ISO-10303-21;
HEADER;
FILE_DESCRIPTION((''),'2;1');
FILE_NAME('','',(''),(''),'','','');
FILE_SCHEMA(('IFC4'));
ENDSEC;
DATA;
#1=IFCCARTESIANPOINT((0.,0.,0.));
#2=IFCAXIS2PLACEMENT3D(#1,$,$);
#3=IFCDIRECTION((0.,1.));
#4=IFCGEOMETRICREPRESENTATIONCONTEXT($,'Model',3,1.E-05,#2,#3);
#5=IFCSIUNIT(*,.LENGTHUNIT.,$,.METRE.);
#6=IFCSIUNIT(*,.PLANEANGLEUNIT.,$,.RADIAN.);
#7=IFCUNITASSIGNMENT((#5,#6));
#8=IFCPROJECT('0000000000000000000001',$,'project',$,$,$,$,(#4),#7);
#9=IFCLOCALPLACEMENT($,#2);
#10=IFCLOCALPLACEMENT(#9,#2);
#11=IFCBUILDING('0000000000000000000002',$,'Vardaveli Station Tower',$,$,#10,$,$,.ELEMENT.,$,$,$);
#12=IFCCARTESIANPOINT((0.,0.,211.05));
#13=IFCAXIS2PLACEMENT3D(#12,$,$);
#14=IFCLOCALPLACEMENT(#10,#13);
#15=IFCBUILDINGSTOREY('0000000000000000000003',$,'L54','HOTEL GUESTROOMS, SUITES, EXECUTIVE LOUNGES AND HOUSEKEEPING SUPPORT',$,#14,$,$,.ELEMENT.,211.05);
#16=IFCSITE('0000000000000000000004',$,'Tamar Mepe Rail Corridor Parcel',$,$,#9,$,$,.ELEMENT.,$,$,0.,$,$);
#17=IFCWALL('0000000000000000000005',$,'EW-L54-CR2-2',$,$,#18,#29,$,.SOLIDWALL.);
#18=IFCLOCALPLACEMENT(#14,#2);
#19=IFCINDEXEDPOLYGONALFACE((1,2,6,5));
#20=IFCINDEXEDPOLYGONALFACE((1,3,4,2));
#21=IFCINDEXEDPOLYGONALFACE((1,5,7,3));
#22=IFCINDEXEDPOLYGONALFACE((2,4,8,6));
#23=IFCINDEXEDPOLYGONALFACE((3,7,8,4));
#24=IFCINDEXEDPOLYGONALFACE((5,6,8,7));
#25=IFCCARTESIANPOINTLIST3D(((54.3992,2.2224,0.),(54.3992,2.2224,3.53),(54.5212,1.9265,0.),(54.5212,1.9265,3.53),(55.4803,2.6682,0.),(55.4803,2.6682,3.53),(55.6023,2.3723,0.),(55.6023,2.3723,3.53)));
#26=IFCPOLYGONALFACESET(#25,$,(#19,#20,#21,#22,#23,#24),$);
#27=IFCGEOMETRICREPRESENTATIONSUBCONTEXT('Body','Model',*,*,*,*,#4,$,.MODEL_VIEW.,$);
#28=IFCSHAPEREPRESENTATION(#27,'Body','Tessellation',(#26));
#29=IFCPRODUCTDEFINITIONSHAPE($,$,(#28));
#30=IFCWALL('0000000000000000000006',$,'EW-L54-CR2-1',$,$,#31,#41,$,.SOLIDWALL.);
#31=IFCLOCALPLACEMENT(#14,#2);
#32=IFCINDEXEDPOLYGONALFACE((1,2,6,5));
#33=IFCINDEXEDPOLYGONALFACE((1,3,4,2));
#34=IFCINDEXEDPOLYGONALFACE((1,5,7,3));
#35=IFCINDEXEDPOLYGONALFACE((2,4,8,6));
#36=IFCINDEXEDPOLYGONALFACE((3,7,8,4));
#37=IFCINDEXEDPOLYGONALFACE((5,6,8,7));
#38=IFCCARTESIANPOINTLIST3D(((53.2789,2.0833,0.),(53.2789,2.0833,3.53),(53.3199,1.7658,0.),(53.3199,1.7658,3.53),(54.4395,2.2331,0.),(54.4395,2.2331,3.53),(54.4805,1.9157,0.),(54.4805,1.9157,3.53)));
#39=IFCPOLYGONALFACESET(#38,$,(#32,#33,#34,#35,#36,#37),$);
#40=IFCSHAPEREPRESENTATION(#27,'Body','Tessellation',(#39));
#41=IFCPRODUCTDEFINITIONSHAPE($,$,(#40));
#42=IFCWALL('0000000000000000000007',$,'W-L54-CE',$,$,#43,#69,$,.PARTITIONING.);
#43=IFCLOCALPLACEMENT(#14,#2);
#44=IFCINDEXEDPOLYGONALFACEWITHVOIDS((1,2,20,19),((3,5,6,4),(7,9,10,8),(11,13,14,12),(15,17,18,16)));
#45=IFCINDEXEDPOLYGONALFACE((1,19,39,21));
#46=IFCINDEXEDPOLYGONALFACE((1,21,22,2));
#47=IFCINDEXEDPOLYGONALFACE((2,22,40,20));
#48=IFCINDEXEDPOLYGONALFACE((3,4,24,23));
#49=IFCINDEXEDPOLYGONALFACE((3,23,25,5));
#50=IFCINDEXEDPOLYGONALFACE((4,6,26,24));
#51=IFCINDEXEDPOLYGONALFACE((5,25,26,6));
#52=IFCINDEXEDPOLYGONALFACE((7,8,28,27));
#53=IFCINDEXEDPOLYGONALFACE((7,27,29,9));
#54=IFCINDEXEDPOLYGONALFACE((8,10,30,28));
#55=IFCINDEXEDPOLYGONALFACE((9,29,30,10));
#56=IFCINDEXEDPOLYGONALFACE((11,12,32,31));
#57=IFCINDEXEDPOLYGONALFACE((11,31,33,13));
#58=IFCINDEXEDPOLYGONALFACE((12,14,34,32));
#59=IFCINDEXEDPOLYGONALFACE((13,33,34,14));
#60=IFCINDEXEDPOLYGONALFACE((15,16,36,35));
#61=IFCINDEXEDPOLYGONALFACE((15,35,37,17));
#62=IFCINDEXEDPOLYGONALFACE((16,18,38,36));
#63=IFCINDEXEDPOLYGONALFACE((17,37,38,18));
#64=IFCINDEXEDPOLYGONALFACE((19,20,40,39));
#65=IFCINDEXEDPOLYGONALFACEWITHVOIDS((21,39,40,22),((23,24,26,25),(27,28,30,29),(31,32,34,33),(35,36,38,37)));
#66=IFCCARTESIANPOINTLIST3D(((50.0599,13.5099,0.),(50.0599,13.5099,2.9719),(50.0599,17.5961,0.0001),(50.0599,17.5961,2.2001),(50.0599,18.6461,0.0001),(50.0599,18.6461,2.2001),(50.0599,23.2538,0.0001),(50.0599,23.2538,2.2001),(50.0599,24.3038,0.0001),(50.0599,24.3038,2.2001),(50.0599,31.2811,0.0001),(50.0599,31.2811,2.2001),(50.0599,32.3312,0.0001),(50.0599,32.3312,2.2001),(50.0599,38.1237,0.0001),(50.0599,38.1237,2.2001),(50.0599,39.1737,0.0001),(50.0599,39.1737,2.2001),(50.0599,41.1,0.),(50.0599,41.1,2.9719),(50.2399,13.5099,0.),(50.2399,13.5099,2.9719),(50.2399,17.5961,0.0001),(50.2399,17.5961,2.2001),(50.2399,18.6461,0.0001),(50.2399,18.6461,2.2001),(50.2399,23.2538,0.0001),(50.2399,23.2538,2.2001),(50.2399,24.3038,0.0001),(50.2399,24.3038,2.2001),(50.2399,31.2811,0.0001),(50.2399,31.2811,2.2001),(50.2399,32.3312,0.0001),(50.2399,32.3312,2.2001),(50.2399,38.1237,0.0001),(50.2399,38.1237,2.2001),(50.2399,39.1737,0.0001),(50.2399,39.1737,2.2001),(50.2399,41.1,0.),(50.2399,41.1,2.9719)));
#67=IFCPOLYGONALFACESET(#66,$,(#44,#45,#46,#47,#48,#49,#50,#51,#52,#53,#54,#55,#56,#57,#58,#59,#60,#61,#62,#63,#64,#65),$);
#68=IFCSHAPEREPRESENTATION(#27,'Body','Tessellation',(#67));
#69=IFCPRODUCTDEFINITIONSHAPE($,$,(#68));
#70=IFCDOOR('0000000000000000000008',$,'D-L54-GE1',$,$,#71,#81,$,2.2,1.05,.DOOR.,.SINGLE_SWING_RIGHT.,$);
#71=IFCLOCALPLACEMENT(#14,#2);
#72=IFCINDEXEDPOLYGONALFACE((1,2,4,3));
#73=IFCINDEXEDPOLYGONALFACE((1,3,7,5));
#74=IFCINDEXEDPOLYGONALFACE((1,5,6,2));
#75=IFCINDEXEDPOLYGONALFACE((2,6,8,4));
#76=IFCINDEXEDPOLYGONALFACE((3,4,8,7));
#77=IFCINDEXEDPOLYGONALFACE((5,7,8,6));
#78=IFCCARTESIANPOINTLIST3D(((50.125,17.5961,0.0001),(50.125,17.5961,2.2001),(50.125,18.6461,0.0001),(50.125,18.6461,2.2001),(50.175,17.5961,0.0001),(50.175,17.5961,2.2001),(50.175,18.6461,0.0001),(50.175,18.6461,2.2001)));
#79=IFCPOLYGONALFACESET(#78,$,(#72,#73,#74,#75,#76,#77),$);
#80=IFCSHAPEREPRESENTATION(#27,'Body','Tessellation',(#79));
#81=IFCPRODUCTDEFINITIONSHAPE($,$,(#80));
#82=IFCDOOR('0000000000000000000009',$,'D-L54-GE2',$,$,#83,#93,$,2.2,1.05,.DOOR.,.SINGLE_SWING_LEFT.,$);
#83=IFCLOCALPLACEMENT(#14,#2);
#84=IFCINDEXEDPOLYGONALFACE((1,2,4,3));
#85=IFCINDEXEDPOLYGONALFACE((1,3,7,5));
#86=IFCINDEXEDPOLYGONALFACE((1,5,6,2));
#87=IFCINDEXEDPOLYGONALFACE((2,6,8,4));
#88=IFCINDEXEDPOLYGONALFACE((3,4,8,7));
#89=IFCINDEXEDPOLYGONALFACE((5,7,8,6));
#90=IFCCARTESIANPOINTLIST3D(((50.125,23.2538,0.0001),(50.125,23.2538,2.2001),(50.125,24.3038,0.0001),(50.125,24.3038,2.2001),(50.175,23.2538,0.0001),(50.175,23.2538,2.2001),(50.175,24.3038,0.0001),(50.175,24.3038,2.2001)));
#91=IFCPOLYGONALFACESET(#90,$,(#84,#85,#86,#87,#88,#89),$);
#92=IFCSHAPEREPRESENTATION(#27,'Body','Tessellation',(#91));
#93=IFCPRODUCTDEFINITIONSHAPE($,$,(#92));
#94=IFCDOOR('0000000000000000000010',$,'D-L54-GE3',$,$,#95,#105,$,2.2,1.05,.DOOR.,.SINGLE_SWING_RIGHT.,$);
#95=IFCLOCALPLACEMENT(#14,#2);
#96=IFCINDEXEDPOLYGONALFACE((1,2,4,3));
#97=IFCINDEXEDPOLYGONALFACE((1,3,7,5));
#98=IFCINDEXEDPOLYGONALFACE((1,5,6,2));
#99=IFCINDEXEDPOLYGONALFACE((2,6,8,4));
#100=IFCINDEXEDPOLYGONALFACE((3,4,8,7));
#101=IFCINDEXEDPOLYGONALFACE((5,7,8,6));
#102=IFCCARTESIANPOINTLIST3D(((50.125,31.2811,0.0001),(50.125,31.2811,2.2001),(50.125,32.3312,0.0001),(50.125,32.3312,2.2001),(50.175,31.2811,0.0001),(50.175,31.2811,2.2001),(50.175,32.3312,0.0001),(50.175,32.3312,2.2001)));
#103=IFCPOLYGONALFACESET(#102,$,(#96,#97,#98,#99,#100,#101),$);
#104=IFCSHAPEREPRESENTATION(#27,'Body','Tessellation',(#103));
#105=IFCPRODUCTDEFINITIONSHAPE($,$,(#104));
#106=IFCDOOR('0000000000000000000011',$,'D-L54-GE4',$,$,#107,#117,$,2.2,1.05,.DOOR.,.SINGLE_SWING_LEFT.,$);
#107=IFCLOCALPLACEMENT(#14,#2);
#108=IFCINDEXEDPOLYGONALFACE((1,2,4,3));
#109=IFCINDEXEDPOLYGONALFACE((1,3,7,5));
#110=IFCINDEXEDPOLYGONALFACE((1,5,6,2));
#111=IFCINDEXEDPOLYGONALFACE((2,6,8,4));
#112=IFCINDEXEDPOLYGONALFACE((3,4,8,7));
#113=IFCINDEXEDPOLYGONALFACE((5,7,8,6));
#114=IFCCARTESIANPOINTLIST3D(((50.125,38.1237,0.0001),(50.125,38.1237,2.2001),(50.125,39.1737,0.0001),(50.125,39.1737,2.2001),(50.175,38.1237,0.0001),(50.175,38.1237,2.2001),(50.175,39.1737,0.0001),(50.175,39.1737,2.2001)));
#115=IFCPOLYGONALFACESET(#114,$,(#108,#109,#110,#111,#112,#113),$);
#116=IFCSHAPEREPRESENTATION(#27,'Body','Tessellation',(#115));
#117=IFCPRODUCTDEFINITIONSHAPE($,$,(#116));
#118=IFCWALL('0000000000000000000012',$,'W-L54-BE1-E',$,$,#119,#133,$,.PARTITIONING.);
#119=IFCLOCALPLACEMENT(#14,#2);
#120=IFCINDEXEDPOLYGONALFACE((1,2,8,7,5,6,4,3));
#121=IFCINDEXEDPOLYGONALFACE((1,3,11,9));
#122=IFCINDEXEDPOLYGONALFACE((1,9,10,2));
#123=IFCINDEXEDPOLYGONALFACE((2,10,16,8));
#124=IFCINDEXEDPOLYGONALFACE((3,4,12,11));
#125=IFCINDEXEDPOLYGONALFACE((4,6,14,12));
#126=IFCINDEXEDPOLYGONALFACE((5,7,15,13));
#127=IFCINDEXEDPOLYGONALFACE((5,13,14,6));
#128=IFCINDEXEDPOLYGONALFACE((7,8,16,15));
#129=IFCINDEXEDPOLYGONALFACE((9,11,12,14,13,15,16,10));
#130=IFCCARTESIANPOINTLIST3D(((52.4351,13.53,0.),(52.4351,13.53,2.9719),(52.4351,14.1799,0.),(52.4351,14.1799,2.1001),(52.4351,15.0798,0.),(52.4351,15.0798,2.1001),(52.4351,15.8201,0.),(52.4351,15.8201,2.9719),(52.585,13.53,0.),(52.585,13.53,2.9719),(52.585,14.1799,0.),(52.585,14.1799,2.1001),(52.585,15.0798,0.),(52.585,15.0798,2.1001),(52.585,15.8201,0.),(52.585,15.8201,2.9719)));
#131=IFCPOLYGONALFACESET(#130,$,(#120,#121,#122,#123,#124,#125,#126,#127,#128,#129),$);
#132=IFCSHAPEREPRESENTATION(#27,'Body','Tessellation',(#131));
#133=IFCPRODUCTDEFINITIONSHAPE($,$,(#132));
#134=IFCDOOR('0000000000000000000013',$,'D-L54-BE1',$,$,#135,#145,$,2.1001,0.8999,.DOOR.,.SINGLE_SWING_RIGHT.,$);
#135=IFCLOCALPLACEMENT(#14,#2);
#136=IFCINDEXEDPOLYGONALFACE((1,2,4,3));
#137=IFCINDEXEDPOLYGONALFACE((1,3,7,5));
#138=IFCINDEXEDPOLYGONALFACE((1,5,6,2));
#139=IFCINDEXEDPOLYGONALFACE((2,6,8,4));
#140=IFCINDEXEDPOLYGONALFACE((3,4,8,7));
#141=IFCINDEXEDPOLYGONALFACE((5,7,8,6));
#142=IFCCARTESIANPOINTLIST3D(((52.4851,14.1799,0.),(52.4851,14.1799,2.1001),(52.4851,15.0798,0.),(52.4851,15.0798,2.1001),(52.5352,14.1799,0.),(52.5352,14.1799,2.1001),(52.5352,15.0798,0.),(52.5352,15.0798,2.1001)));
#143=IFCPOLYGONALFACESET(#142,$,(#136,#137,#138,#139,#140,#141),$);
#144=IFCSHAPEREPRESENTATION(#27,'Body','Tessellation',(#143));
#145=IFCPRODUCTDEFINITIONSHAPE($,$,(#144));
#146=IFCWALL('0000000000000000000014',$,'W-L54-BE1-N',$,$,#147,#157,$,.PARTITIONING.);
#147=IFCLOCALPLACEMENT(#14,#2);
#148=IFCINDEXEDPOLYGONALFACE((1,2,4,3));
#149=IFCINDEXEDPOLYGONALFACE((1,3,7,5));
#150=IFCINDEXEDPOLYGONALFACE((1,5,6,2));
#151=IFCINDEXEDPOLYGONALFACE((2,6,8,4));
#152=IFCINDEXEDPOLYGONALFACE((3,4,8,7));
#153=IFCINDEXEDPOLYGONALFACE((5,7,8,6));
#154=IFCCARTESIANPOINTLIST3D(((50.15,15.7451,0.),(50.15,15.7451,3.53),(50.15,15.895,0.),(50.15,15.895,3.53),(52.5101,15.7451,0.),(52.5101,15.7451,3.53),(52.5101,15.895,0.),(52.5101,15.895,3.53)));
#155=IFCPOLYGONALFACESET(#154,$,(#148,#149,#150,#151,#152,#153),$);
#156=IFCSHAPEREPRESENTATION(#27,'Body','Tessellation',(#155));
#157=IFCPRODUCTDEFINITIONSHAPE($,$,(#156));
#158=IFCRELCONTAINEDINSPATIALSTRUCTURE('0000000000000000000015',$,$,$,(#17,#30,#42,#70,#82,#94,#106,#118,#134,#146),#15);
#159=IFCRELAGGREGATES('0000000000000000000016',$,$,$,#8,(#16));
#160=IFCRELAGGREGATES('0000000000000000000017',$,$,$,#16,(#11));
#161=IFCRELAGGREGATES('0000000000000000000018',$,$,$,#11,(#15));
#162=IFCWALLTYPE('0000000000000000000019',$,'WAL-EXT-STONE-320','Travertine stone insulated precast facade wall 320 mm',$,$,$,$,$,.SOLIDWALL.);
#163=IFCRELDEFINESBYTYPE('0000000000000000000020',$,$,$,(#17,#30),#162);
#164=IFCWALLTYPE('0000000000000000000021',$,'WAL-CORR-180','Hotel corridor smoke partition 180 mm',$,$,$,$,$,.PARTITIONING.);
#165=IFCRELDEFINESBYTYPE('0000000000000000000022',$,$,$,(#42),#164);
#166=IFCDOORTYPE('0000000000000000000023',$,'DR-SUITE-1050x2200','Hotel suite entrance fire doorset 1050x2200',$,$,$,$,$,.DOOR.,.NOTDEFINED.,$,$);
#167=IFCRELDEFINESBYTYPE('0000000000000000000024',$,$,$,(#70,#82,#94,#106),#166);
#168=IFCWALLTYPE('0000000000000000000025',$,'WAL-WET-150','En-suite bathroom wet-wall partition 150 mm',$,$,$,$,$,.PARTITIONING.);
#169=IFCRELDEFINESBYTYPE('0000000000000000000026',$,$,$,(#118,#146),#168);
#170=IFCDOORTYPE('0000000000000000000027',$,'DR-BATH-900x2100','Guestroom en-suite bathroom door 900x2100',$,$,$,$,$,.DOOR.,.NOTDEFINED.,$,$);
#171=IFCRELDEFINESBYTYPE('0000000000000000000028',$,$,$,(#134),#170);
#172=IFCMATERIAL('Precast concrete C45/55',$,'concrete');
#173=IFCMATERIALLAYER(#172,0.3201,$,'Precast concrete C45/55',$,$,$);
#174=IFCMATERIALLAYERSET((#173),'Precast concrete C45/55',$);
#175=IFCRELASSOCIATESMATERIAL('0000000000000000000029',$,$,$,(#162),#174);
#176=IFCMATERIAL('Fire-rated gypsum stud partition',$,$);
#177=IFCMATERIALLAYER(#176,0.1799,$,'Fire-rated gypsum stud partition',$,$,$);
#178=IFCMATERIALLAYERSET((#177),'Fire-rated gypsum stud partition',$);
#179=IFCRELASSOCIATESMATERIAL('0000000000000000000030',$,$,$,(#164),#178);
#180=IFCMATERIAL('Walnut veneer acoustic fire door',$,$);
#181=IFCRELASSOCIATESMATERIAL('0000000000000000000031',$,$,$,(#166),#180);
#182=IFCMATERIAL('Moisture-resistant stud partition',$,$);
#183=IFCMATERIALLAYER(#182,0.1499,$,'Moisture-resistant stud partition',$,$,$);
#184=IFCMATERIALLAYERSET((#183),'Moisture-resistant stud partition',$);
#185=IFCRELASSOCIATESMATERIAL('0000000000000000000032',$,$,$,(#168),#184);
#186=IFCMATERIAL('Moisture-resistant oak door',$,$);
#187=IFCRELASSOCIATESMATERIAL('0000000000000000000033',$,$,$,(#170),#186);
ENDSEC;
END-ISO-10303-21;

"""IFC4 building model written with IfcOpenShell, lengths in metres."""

from ifc_helpers import new_model, si_unit, direction, frame, frame_2d, origin, place, context, subcontext, project, spatial, rectangle, extrude, source, transform, mapped, material, layer, layer_set, type_object, element, fill, save


model = new_model("IFC4")

# Units and contexts
model_context = context("Model", 3, precision=1e-05, world=origin(), true_north=direction((0.0, 1.0)))
body_context = subcontext(model_context, "Body", "Model", "MODEL_VIEW")
ifc_project = project(units=[si_unit("LENGTHUNIT", "METRE"), si_unit("PLANEANGLEUNIT", "RADIAN")], contexts=[model_context])

# Site, building, storey
site_placement = place(None, origin())
site = spatial("IfcSite", under=ifc_project, at=site_placement, Name="Tamar Mepe Rail Corridor Parcel", CompositionType="ELEMENT", RefElevation=0.0)
building_placement = place(site_placement, origin())
building = spatial("IfcBuilding", under=site, at=building_placement, Name="Vardaveli Station Tower", CompositionType="ELEMENT")
storey_placement = place(building_placement, frame((0.0, 0.0, 211.05)))
storey = spatial("IfcBuildingStorey", under=building, at=storey_placement, Name="L54", Description="HOTEL GUESTROOMS, SUITES, EXECUTIVE LOUNGES AND HOUSEKEEPING SUPPORT", CompositionType="ELEMENT", Elevation=211.05)

# Shared definitions
ifc_material_1 = material(Name="Precast concrete C45/55", Category="concrete")

# Shared definitions
ifc_layer_1 = layer(ifc_material_1, 0.3201, Name="Precast concrete C45/55")
ifc_layer_set_1 = layer_set([ifc_layer_1], Name="Precast concrete C45/55")
wall_type_1 = type_object("IfcWallType", Name="WAL-EXT-STONE-320", Description="Travertine stone insulated precast facade wall 320 mm", PredefinedType="SOLIDWALL", material=ifc_layer_set_1)

# Walls
shared_shape_1 = source(origin(), body_context, "Body", "SweptSolid", [
    extrude(rectangle(XDim=1.1694, YDim=0.3201, at=frame_2d((0.5847, 0.0))), origin(), (0.0, 0.0, 1.0), 3.53),
])
wall_1_placement = place(storey_placement, frame((54.4602, 2.0745, 0.0), z_axis=(0.0, 0.0, 1.0), x_axis=(0.924479, 0.381233, 0.0)))
element("IfcWall", 1, at=wall_1_placement, inside=storey, type_object=wall_type_1, Name="EW-L54-CR2-2", PredefinedType="SOLIDWALL", context=body_context, shape_type="MappedRepresentation", body=[
    mapped(shared_shape_1, transform((0.0, 0.0, 0.0), scale=1.0)),
])
shared_shape_2 = source(origin(), body_context, "Body", "SweptSolid", [
    extrude(rectangle(XDim=1.1702, YDim=0.3201, at=frame_2d((0.585, 0.0))), origin(), (0.0, 0.0, 1.0), 3.53),
])
wall_2_placement = place(storey_placement, frame((53.2996, 1.9246, 0.0), z_axis=(0.0, 0.0, 1.0), x_axis=(0.991762, 0.12809, 0.0)))
element("IfcWall", 2, at=wall_2_placement, inside=storey, type_object=wall_type_1, Name="EW-L54-CR2-1", PredefinedType="SOLIDWALL", context=body_context, shape_type="MappedRepresentation", body=[
    mapped(shared_shape_2, transform((0.0, 0.0, 0.0), scale=1.0)),
])

# Wall, openings, doors
ifc_material_2 = material(Name="Fire-rated gypsum stud partition")
ifc_layer_2 = layer(ifc_material_2, 0.1799, Name="Fire-rated gypsum stud partition")
ifc_layer_set_2 = layer_set([ifc_layer_2], Name="Fire-rated gypsum stud partition")
wall_type_2 = type_object("IfcWallType", Name="WAL-CORR-180", Description="Hotel corridor smoke partition 180 mm", PredefinedType="PARTITIONING", material=ifc_layer_set_2)
shared_shape_3 = source(origin(), body_context, "Body", "SweptSolid", [
    extrude(rectangle(XDim=27.5901, YDim=0.1799, at=frame_2d((13.7949, 0.0))), origin(), (0.0, 0.0, 1.0), 2.9719),
])
wall_3_placement = place(storey_placement, frame((50.1499, 13.51, 0.0), z_axis=(0.0, 0.0, 1.0), x_axis=(0.0, 1.0, 0.0)))
wall_3 = element("IfcWall", 3, at=wall_3_placement, inside=storey, type_object=wall_type_2, Name="W-L54-CE", PredefinedType="PARTITIONING", context=body_context, shape_type="MappedRepresentation", body=[
    mapped(shared_shape_3, transform((0.0, 0.0, 0.0), scale=1.0)),
])
shared_shape_4 = source(origin(), body_context, "Body", "SweptSolid", [
    extrude(rectangle(XDim=1.05, YDim=2.2, at=frame_2d((0.5249, 1.1001))), frame((0.0, 0.1001, 0.0), z_axis=(0.0, -1.0, 0.0), x_axis=(1.0, 0.0, 0.0)), (0.0, 0.0, 1.0), 0.2),
])
opening_1_placement = place(wall_3_placement, frame((4.0862, 0.0, 0.0)))
opening_1 = element("IfcOpeningElement", 4, at=opening_1_placement, cuts=wall_3, PredefinedType="OPENING", context=body_context, shape_type="MappedRepresentation", body=[
    mapped(shared_shape_4, transform((0.0, 0.0, 0.0), scale=1.0)),
])
opening_2_placement = place(wall_3_placement, frame((9.7439, 0.0, 0.0)))
opening_2 = element("IfcOpeningElement", 5, at=opening_2_placement, cuts=wall_3, PredefinedType="OPENING", context=body_context, shape_type="MappedRepresentation", body=[
    mapped(shared_shape_4, transform((0.0, 0.0, 0.0), scale=1.0)),
])
opening_3_placement = place(wall_3_placement, frame((17.7712, 0.0, 0.0)))
opening_3 = element("IfcOpeningElement", 6, at=opening_3_placement, cuts=wall_3, PredefinedType="OPENING", context=body_context, shape_type="MappedRepresentation", body=[
    mapped(shared_shape_4, transform((0.0, 0.0, 0.0), scale=1.0)),
])
opening_4_placement = place(wall_3_placement, frame((24.6138, 0.0, 0.0)))
opening_4 = element("IfcOpeningElement", 7, at=opening_4_placement, cuts=wall_3, PredefinedType="OPENING", context=body_context, shape_type="MappedRepresentation", body=[
    mapped(shared_shape_4, transform((0.0, 0.0, 0.0), scale=1.0)),
])
ifc_material_3 = material(Name="Walnut veneer acoustic fire door")
door_type_1 = type_object("IfcDoorType", Name="DR-SUITE-1050x2200", Description="Hotel suite entrance fire doorset 1050x2200", OperationType="NOTDEFINED", PredefinedType="DOOR", material=ifc_material_3)
shared_shape_5 = source(origin(), body_context, "Body", "SweptSolid", [
    extrude(rectangle(XDim=1.05, YDim=2.2, at=frame_2d((0.5249, 1.1001))), frame((0.0, 0.0249, 0.0), z_axis=(0.0, -1.0, 0.0), x_axis=(1.0, 0.0, 0.0)), (0.0, 0.0, 1.0), 0.05),
])
door_1_placement = place(opening_1_placement, origin())
door_1 = element("IfcDoor", 8, at=door_1_placement, inside=storey, type_object=door_type_1, Name="D-L54-GE1", OperationType="SINGLE_SWING_RIGHT", OverallHeight=2.2, OverallWidth=1.05, PredefinedType="DOOR", context=body_context, shape_type="MappedRepresentation", body=[
    mapped(shared_shape_5, transform((0.0, 0.0, 0.0), scale=1.0)),
])
fill(opening_1, door_1)
door_2_placement = place(opening_2_placement, origin())
door_2 = element("IfcDoor", 9, at=door_2_placement, inside=storey, type_object=door_type_1, Name="D-L54-GE2", OperationType="SINGLE_SWING_LEFT", OverallHeight=2.2, OverallWidth=1.05, PredefinedType="DOOR", context=body_context, shape_type="MappedRepresentation", body=[
    mapped(shared_shape_5, transform((0.0, 0.0, 0.0), scale=1.0)),
])
fill(opening_2, door_2)
door_3_placement = place(opening_3_placement, origin())
door_3 = element("IfcDoor", 10, at=door_3_placement, inside=storey, type_object=door_type_1, Name="D-L54-GE3", OperationType="SINGLE_SWING_RIGHT", OverallHeight=2.2, OverallWidth=1.05, PredefinedType="DOOR", context=body_context, shape_type="MappedRepresentation", body=[
    mapped(shared_shape_5, transform((0.0, 0.0, 0.0), scale=1.0)),
])
fill(opening_3, door_3)
door_4_placement = place(opening_4_placement, origin())
door_4 = element("IfcDoor", 11, at=door_4_placement, inside=storey, type_object=door_type_1, Name="D-L54-GE4", OperationType="SINGLE_SWING_LEFT", OverallHeight=2.2, OverallWidth=1.05, PredefinedType="DOOR", context=body_context, shape_type="MappedRepresentation", body=[
    mapped(shared_shape_5, transform((0.0, 0.0, 0.0), scale=1.0)),
])
fill(opening_4, door_4)

# Wall, opening, door
ifc_material_4 = material(Name="Moisture-resistant stud partition")
ifc_layer_3 = layer(ifc_material_4, 0.1499, Name="Moisture-resistant stud partition")
ifc_layer_set_3 = layer_set([ifc_layer_3], Name="Moisture-resistant stud partition")
wall_type_3 = type_object("IfcWallType", Name="WAL-WET-150", Description="En-suite bathroom wet-wall partition 150 mm", PredefinedType="PARTITIONING", material=ifc_layer_set_3)
shared_shape_6 = source(origin(), body_context, "Body", "SweptSolid", [
    extrude(rectangle(XDim=2.29, YDim=0.1499, at=frame_2d((1.145, 0.0))), origin(), (0.0, 0.0, 1.0), 2.9719),
])
wall_4_placement = place(storey_placement, frame((52.51, 13.53, 0.0), z_axis=(0.0, 0.0, 1.0), x_axis=(0.0, 1.0, 0.0)))
wall_4 = element("IfcWall", 12, at=wall_4_placement, inside=storey, type_object=wall_type_3, Name="W-L54-BE1-E", PredefinedType="PARTITIONING", context=body_context, shape_type="MappedRepresentation", body=[
    mapped(shared_shape_6, transform((0.0, 0.0, 0.0), scale=1.0)),
])
shared_shape_7 = source(origin(), body_context, "Body", "SweptSolid", [
    extrude(rectangle(XDim=0.8999, YDim=2.1001, at=frame_2d((0.45, 1.05))), frame((0.0, 0.085, 0.0), z_axis=(0.0, -1.0, 0.0), x_axis=(1.0, 0.0, 0.0)), (0.0, 0.0, 1.0), 0.1699),
])
opening_5_placement = place(wall_4_placement, frame((0.6499, 0.0, 0.0)))
opening_5 = element("IfcOpeningElement", 13, at=opening_5_placement, cuts=wall_4, PredefinedType="OPENING", context=body_context, shape_type="MappedRepresentation", body=[
    mapped(shared_shape_7, transform((0.0, 0.0, 0.0), scale=1.0)),
])
ifc_material_5 = material(Name="Moisture-resistant oak door")
door_type_2 = type_object("IfcDoorType", Name="DR-BATH-900x2100", Description="Guestroom en-suite bathroom door 900x2100", OperationType="NOTDEFINED", PredefinedType="DOOR", material=ifc_material_5)
shared_shape_8 = source(origin(), body_context, "Body", "SweptSolid", [
    extrude(rectangle(XDim=0.8999, YDim=2.1001, at=frame_2d((0.45, 1.05))), frame((0.0, 0.0249, 0.0), z_axis=(0.0, -1.0, 0.0), x_axis=(1.0, 0.0, 0.0)), (0.0, 0.0, 1.0), 0.05),
])
door_5_placement = place(opening_5_placement, origin())
door_5 = element("IfcDoor", 14, at=door_5_placement, inside=storey, type_object=door_type_2, Name="D-L54-BE1", OperationType="SINGLE_SWING_RIGHT", OverallHeight=2.1001, OverallWidth=0.8999, PredefinedType="DOOR", context=body_context, shape_type="MappedRepresentation", body=[
    mapped(shared_shape_8, transform((0.0, 0.0, 0.0), scale=1.0)),
])
fill(opening_5, door_5)

# Wall
shared_shape_9 = source(origin(), body_context, "Body", "SweptSolid", [
    extrude(rectangle(XDim=2.3601, YDim=0.1499, at=frame_2d((1.1802, 0.0))), origin(), (0.0, 0.0, 1.0), 3.53),
])
wall_5_placement = place(storey_placement, frame((50.1499, 15.8201, 0.0), z_axis=(0.0, 0.0, 1.0), x_axis=(1.0, 0.0, 0.0)))
element("IfcWall", 15, at=wall_5_placement, inside=storey, type_object=wall_type_3, Name="W-L54-BE1-N", PredefinedType="PARTITIONING", context=body_context, shape_type="MappedRepresentation", body=[
    mapped(shared_shape_9, transform((0.0, 0.0, 0.0), scale=1.0)),
])

save(model, "model.ifc")
